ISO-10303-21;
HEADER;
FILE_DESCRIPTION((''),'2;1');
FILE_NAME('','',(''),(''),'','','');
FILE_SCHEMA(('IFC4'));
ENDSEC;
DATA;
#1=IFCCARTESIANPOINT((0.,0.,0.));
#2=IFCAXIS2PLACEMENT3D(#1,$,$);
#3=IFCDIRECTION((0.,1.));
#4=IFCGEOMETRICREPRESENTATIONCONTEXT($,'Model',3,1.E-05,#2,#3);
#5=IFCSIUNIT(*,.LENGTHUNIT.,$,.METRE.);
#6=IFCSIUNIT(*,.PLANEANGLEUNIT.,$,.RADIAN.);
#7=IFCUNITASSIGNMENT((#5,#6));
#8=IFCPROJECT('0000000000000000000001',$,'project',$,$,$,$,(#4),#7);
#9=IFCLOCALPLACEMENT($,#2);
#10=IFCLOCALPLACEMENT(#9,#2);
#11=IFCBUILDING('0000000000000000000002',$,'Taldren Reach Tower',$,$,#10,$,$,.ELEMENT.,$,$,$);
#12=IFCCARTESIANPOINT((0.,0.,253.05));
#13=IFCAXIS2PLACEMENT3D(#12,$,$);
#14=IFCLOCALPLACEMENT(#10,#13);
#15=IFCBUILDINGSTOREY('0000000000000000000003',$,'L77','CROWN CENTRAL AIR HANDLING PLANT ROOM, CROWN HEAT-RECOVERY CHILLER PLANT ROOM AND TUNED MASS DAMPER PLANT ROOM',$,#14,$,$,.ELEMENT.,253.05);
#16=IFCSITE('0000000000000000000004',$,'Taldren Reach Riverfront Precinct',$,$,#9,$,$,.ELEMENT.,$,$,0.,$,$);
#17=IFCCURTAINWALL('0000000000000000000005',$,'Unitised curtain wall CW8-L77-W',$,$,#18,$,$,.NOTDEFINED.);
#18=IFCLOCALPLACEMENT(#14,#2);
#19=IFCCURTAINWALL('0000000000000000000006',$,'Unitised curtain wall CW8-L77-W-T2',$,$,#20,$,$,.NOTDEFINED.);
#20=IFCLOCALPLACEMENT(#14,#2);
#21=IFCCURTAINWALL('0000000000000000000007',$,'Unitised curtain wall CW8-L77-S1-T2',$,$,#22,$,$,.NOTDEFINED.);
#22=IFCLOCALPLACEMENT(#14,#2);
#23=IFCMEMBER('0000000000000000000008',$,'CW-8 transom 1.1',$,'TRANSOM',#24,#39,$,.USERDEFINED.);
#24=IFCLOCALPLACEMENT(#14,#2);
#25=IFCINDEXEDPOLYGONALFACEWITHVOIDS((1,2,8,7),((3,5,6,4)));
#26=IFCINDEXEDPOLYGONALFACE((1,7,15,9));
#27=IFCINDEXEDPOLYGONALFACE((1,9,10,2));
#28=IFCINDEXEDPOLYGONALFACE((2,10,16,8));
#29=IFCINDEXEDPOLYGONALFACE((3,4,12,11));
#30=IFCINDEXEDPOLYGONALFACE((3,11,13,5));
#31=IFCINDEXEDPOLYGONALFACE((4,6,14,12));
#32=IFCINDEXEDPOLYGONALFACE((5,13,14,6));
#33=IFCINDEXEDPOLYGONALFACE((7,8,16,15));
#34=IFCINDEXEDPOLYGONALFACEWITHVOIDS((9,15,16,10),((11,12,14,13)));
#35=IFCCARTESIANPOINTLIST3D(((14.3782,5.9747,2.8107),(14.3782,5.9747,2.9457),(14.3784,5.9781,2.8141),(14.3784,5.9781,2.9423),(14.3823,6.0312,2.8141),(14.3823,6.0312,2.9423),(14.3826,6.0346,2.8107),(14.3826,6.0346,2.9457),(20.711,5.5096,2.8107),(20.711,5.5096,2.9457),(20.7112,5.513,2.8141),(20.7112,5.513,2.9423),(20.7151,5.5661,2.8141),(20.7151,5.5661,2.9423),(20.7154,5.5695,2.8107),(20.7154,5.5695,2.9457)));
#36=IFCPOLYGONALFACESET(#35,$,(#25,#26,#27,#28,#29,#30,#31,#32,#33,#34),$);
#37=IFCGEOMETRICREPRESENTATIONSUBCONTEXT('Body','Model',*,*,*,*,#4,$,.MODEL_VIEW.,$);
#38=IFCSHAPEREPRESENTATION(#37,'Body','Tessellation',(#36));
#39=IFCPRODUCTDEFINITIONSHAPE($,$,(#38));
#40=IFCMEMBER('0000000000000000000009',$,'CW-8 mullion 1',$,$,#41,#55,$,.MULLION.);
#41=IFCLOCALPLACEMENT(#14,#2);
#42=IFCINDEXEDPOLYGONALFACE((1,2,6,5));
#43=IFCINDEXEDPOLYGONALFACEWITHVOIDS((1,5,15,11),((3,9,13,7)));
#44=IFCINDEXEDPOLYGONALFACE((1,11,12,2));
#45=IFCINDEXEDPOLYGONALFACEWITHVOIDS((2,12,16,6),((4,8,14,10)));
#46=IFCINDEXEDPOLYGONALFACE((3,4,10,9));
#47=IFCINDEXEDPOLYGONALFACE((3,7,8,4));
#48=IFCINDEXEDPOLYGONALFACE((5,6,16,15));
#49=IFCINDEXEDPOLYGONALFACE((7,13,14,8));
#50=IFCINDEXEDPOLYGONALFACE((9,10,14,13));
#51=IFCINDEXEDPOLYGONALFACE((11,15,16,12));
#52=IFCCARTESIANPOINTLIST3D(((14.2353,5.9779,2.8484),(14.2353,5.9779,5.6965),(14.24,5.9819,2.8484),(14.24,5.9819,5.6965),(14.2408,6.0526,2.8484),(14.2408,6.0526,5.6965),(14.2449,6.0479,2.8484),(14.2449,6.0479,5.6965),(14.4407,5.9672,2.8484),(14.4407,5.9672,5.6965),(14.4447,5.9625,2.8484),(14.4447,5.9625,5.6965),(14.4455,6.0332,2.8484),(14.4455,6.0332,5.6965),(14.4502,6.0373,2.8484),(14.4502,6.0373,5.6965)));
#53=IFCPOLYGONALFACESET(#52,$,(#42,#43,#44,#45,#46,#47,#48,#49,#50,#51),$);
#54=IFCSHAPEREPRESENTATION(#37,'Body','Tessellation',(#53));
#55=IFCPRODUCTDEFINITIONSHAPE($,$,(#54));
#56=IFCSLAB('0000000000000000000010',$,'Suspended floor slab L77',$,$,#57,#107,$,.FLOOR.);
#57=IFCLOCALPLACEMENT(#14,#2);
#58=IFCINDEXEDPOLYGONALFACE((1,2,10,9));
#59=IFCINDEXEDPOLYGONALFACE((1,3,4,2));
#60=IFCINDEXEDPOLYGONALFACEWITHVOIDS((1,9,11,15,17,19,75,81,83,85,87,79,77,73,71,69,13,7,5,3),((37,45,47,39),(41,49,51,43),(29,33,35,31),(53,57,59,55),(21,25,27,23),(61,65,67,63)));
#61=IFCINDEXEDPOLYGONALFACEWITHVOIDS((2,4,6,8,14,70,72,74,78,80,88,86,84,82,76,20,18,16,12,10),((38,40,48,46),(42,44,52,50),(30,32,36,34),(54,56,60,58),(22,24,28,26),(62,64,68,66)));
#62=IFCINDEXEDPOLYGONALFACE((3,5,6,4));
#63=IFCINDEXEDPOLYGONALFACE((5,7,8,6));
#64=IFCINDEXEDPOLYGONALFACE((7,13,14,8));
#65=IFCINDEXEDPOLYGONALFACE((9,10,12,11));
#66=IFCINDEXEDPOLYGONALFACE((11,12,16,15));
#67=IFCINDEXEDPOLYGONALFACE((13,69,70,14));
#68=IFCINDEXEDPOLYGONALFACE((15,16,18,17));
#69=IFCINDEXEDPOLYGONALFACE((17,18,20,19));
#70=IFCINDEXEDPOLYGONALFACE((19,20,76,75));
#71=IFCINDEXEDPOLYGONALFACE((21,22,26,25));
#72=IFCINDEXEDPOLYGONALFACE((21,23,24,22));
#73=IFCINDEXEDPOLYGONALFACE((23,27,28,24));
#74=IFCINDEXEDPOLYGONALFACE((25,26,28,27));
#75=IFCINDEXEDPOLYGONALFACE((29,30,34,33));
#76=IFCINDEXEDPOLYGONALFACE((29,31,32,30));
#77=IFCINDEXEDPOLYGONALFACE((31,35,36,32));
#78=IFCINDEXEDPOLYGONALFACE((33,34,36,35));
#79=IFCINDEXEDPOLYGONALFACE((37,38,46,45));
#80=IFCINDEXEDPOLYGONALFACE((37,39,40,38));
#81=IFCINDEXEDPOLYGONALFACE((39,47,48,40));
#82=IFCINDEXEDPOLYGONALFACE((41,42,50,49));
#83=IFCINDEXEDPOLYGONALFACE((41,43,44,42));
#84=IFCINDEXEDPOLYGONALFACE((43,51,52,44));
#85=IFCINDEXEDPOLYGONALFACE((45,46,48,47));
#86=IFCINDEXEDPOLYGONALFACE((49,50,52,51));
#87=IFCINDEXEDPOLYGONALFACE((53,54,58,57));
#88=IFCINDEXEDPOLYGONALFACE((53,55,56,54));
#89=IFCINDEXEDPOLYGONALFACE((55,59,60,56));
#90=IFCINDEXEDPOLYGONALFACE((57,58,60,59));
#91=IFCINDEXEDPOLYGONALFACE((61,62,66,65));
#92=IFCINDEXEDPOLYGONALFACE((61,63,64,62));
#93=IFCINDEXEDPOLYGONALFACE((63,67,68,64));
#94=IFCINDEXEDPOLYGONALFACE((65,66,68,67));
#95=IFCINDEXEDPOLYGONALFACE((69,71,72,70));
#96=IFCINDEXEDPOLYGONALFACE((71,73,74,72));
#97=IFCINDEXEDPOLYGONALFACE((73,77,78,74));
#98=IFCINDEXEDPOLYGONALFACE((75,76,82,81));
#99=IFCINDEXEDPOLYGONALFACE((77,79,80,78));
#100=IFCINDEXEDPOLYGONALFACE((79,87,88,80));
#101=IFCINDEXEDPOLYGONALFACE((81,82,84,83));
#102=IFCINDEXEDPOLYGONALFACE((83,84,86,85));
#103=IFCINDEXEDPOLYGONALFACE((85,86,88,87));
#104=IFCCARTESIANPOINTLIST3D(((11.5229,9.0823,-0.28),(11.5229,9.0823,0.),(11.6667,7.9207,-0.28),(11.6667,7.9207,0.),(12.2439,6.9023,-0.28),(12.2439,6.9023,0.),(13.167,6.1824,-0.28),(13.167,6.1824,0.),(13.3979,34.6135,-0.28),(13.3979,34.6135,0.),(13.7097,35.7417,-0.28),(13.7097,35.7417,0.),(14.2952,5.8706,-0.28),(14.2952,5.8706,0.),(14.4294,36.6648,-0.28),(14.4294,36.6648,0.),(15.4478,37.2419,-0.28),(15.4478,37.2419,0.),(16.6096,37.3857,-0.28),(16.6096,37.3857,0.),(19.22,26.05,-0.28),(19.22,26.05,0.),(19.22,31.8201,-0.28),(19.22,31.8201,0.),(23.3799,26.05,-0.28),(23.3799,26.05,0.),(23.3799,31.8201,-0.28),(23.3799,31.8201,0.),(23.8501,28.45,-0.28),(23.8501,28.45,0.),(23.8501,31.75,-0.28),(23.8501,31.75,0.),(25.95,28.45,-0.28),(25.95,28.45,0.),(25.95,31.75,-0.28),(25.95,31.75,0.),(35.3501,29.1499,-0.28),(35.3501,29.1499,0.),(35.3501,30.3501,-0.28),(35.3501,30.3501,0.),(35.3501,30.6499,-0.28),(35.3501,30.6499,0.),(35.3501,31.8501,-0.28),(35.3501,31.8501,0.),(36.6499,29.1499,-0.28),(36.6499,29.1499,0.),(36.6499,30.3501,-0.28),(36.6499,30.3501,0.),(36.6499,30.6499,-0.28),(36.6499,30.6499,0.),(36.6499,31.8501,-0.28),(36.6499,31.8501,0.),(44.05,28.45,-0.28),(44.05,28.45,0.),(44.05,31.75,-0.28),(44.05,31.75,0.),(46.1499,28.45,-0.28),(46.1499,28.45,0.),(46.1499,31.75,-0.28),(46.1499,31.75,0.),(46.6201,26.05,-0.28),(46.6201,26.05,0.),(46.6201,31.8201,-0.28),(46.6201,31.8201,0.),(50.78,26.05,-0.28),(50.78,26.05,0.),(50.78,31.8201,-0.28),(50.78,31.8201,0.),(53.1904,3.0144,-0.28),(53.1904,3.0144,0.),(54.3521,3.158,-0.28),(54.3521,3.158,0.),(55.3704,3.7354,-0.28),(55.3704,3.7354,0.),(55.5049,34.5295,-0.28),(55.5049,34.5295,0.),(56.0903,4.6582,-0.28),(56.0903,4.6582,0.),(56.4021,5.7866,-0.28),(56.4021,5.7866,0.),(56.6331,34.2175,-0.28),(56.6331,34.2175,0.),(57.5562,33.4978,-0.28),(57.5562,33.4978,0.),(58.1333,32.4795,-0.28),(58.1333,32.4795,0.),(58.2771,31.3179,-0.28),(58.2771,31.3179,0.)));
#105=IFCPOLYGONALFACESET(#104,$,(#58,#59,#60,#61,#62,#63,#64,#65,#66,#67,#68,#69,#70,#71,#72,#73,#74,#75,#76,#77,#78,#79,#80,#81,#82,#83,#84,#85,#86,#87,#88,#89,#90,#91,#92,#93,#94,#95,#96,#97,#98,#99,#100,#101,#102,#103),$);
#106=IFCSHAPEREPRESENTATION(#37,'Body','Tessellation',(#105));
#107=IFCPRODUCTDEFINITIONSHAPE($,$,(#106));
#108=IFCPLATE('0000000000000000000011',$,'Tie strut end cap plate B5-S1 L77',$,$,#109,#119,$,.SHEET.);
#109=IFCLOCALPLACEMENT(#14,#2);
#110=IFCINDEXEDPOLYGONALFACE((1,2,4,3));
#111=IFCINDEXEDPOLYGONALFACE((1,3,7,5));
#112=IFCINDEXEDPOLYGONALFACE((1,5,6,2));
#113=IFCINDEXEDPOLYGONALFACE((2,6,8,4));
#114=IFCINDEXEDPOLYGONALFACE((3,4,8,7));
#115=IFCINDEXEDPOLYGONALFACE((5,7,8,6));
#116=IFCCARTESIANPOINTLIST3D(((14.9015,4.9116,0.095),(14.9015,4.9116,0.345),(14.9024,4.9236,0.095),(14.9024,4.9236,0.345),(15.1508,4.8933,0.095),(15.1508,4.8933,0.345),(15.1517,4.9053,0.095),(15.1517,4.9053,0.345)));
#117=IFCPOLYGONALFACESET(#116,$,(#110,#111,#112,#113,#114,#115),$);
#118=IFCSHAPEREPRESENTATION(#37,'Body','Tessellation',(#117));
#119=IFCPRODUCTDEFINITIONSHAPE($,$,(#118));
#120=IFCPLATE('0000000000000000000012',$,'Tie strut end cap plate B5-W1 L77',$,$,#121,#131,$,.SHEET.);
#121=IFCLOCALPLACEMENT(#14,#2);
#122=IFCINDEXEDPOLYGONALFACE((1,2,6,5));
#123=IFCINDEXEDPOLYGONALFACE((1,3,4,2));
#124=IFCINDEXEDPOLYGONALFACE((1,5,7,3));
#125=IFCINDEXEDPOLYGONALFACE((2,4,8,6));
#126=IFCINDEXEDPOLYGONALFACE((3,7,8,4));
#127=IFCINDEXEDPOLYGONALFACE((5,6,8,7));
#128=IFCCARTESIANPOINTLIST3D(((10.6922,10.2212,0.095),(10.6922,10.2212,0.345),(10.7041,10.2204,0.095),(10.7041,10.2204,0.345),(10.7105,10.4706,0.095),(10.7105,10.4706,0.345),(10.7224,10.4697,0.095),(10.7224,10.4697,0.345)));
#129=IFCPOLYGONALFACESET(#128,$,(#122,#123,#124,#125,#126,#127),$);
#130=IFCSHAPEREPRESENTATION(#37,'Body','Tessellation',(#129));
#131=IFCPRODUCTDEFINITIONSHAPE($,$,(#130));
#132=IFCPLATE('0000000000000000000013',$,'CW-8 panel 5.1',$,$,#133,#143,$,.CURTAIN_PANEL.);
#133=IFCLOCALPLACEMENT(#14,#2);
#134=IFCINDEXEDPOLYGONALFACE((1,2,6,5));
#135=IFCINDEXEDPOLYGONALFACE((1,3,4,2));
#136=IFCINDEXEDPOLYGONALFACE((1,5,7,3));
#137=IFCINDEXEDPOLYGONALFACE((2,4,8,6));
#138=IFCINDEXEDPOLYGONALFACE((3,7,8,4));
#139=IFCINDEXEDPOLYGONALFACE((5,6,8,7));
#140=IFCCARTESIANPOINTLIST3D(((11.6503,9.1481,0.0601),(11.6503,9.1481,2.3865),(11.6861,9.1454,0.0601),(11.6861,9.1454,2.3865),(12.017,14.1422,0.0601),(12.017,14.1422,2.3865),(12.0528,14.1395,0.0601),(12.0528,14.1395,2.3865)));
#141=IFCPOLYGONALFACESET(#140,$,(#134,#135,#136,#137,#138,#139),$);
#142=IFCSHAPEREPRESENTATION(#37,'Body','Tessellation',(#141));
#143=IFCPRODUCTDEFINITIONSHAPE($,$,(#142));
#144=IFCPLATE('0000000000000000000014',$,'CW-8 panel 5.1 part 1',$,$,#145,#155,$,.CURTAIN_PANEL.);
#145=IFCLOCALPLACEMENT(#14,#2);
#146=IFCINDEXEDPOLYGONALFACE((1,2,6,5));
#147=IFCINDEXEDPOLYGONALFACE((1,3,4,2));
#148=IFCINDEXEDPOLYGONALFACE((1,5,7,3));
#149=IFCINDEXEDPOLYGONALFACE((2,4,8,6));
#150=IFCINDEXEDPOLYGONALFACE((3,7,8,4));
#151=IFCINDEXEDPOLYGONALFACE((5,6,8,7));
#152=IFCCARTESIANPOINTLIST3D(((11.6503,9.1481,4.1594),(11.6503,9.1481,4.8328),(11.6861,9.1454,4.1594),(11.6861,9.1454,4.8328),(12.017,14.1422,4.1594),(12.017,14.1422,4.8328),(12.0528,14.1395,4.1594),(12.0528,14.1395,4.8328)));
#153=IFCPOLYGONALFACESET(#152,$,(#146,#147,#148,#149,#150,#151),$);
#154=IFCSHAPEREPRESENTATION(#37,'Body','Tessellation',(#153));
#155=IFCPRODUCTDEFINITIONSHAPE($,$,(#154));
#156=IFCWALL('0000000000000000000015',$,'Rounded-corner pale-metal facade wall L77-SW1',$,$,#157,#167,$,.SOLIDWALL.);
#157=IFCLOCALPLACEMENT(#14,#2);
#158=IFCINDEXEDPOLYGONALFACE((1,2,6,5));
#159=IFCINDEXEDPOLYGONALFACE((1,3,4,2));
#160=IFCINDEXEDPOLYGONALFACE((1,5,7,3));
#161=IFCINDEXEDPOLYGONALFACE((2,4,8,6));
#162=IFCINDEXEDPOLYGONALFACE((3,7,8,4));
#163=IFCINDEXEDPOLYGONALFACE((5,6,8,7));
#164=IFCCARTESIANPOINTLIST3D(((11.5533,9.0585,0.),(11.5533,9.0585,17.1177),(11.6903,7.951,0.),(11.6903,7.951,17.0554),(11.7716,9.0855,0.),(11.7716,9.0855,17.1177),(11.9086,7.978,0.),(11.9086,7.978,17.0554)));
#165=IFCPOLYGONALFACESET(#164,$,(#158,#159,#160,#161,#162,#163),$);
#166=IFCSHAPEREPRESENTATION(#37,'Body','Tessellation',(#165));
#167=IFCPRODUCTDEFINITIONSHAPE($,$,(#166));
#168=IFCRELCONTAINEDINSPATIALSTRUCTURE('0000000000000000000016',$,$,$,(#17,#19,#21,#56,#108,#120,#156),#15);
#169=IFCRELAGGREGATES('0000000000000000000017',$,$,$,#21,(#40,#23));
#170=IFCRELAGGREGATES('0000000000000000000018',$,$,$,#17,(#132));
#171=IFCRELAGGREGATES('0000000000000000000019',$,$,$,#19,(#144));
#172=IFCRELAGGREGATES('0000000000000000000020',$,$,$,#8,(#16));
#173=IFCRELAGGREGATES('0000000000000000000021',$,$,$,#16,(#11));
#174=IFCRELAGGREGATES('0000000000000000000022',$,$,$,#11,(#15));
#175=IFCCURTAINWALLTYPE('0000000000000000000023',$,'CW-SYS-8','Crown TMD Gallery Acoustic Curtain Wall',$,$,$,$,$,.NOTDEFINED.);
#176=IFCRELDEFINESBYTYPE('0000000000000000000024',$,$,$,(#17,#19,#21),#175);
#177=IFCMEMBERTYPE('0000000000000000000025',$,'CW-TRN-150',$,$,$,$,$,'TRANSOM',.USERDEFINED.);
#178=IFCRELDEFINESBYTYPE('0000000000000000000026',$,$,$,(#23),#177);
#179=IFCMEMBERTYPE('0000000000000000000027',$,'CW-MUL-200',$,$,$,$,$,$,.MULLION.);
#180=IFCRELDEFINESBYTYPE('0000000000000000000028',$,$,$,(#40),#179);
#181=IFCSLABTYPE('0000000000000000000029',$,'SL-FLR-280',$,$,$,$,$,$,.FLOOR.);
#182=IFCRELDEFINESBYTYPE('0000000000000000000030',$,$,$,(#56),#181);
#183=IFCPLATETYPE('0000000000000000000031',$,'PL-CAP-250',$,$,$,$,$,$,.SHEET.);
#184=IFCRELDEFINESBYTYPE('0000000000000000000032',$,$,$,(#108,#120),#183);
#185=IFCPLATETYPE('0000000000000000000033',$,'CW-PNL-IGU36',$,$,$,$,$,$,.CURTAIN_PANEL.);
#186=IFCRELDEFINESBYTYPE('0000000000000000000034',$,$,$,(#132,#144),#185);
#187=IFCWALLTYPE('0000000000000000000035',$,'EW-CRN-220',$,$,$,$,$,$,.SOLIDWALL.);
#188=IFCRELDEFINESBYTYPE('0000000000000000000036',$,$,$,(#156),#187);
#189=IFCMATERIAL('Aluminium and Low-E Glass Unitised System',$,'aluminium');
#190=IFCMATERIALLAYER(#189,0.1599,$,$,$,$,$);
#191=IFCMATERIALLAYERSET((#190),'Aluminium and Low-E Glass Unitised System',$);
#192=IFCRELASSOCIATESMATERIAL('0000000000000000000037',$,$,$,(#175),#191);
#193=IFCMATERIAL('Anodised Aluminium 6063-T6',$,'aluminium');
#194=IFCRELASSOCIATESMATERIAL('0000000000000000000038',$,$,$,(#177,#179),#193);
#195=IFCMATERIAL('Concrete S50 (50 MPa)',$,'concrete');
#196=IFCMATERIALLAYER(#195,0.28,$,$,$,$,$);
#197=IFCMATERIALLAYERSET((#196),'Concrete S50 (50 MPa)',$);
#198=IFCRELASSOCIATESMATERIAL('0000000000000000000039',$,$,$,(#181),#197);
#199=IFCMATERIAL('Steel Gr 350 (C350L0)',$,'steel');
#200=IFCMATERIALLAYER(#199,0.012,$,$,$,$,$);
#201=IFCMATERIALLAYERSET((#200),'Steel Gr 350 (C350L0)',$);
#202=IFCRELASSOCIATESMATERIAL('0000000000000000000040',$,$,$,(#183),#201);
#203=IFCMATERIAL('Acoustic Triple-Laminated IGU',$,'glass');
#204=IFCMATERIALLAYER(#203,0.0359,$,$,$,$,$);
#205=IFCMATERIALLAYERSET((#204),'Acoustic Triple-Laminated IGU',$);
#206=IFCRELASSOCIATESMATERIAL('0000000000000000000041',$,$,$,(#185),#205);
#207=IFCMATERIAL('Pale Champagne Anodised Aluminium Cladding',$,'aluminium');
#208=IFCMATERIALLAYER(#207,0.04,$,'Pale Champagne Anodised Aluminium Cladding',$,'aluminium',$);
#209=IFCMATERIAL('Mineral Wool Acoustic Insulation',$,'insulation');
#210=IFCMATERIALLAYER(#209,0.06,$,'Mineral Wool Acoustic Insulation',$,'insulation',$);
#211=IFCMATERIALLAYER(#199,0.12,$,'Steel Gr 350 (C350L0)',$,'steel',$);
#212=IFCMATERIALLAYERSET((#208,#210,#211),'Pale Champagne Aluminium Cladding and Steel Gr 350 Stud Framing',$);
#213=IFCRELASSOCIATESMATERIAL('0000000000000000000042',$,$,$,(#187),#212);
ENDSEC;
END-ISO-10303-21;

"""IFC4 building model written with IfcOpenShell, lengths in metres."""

from ifc_helpers import new_model, si_unit, direction, frame, origin, origin_2d, place, context, subcontext, project, spatial, polyline, rectangle, hollow_rectangle, outline, extrude, source, transform, mapped, material, layer, layer_set, material_profile, profile_set, type_object, element, aggregate, save


model = new_model("IFC4")

# Units and contexts
model_context = context("Model", 3, precision=1e-05, world=origin(), true_north=direction((0.0, 1.0)))
body_context = subcontext(model_context, "Body", "Model", "MODEL_VIEW")
ifc_project = project(units=[si_unit("LENGTHUNIT", "METRE"), si_unit("PLANEANGLEUNIT", "RADIAN")], contexts=[model_context])

# Site, building, storey
site_placement = place(None, origin())
site = spatial("IfcSite", under=ifc_project, at=site_placement, Name="Taldren Reach Riverfront Precinct", CompositionType="ELEMENT", RefElevation=0.0)
building_placement = place(site_placement, origin())
building = spatial("IfcBuilding", under=site, at=building_placement, Name="Taldren Reach Tower", CompositionType="ELEMENT")
storey_placement = place(building_placement, frame((0.0, 0.0, 253.05)))
storey = spatial("IfcBuildingStorey", under=building, at=storey_placement, Name="L77", Description="CROWN CENTRAL AIR HANDLING PLANT ROOM, CROWN HEAT-RECOVERY CHILLER PLANT ROOM AND TUNED MASS DAMPER PLANT ROOM", CompositionType="ELEMENT", Elevation=253.05)

# Shared definitions
ifc_material_1 = material(Name="Steel Gr 350 (C350L0)", Category="steel")

# Curtain walls
ifc_material_2 = material(Name="Aluminium and Low-E Glass Unitised System", Category="aluminium")
ifc_layer_1 = layer(ifc_material_2, 0.1599)
ifc_layer_set_1 = layer_set([ifc_layer_1], Name="Aluminium and Low-E Glass Unitised System")
curtain_wall_type = type_object("IfcCurtainWallType", Name="CW-SYS-8", Description="Crown TMD Gallery Acoustic Curtain Wall", PredefinedType="NOTDEFINED", material=ifc_layer_set_1)
curtain_wall_1_placement = place(storey_placement, origin())
curtain_wall_1 = element("IfcCurtainWall", 1, at=curtain_wall_1_placement, inside=storey, type_object=curtain_wall_type, Name="Unitised curtain wall CW8-L77-W", PredefinedType="NOTDEFINED")
ifc_material_3 = material(Name="Anodised Aluminium 6063-T6", Category="aluminium")
ifc_material_profile_1 = material_profile(ifc_material_3, hollow_rectangle(XDim=0.0601, YDim=0.135, WallThickness=0.0034, at=origin_2d()), Name="ALU-135x60x3.5RHS")
ifc_profile_set_1 = profile_set([ifc_material_profile_1], Name="Anodised Aluminium 6063-T6")
member_type_1 = type_object("IfcMemberType", Name="CW-TRN-150", ElementType="TRANSOM", PredefinedType="USERDEFINED", material=ifc_profile_set_1)
curtain_wall_2_placement = place(storey_placement, origin())
curtain_wall_2 = element("IfcCurtainWall", 2, at=curtain_wall_2_placement, inside=storey, type_object=curtain_wall_type, Name="Unitised curtain wall CW8-L77-W-T2", PredefinedType="NOTDEFINED")

# Shared definitions
ifc_material_profile_2 = material_profile(ifc_material_3, hollow_rectangle(XDim=0.075, YDim=0.21, WallThickness=0.0044, at=origin_2d()), Name="ALU-210x75x4.5RHS")
ifc_profile_set_2 = profile_set([ifc_material_profile_2], Name="Anodised Aluminium 6063-T6")
member_type_2 = type_object("IfcMemberType", Name="CW-MUL-200", PredefinedType="MULLION", material=ifc_profile_set_2)

# Curtain wall, members
shared_shape_1 = source(origin(), body_context, "Body", "SweptSolid", [
    extrude(hollow_rectangle(XDim=0.0601, YDim=0.135, WallThickness=0.0034, at=origin_2d()), origin(), (0.0, 0.0, 1.0), 6.3499),
])
curtain_wall_3_placement = place(storey_placement, origin())
curtain_wall_3 = element("IfcCurtainWall", 3, at=curtain_wall_3_placement, inside=storey, type_object=curtain_wall_type, Name="Unitised curtain wall CW8-L77-S1-T2", PredefinedType="NOTDEFINED")
member_1_placement = place(storey_placement, frame((14.3804, 6.0046, 2.8782), z_axis=(0.997314, -0.073244, 0.0), x_axis=(0.073244, 0.997314, 0.0)))
member_1 = element("IfcMember", 4, at=member_1_placement, type_object=member_type_1, Name="CW-8 transom 1.1", ObjectType="TRANSOM", PredefinedType="USERDEFINED", context=body_context, shape_type="MappedRepresentation", body=[
    mapped(shared_shape_1, transform((0.0, 0.0, 0.0), scale=1.0)),
])
shared_shape_2 = source(origin(), body_context, "Body", "SweptSolid", [
    extrude(hollow_rectangle(XDim=0.075, YDim=0.21, WallThickness=0.0044, at=origin_2d()), origin(), (0.0, 0.0, 1.0), 2.8481),
])
member_2_placement = place(storey_placement, frame((14.3428, 6.0076, 2.8484), z_axis=(0.0, 0.0, 1.0), x_axis=(0.073239, 0.997314, 0.0)))
member_2 = element("IfcMember", 5, at=member_2_placement, type_object=member_type_2, Name="CW-8 mullion 1", PredefinedType="MULLION", context=body_context, shape_type="MappedRepresentation", body=[
    mapped(shared_shape_2, transform((0.0, 0.0, 0.0), scale=1.0)),
])
aggregate(curtain_wall_3, [member_2, member_1])

# Slab
ifc_material_4 = material(Name="Concrete S50 (50 MPa)", Category="concrete")
ifc_layer_2 = layer(ifc_material_4, 0.28)
ifc_layer_set_2 = layer_set([ifc_layer_2], Name="Concrete S50 (50 MPa)")
slab_type = type_object("IfcSlabType", Name="SL-FLR-280", PredefinedType="FLOOR", material=ifc_layer_set_2)
slab_placement = place(storey_placement, frame((0.0, 0.0, -0.28)))
element("IfcSlab", 6, at=slab_placement, inside=storey, type_object=slab_type, Name="Suspended floor slab L77", PredefinedType="FLOOR", context=body_context, shape_type="SweptSolid", body=[
    extrude(outline(polyline([(53.1904, 3.0144), (54.3521, 3.158), (55.3704, 3.7354), (56.0903, 4.6582), (56.4021, 5.7866), (58.2771, 31.3179), (58.1333, 32.4795), (57.5562, 33.4978), (56.6331, 34.2175), (55.5049, 34.5295), (16.6096, 37.3857), (15.4478, 37.2419), (14.4294, 36.6648), (13.7097, 35.7417), (13.3979, 34.6135), (11.5229, 9.0823), (11.6667, 7.9207), (12.2439, 6.9023), (13.167, 6.1824), (14.2952, 5.8706), (53.1904, 3.0144)]), holes=[polyline([(19.22, 26.05), (23.3799, 26.05), (23.3799, 31.8201), (19.22, 31.8201), (19.22, 26.05)]), polyline([(46.6201, 26.05), (50.78, 26.05), (50.78, 31.8201), (46.6201, 31.8201), (46.6201, 26.05)]), polyline([(23.8501, 28.45), (25.95, 28.45), (25.95, 31.75), (23.8501, 31.75), (23.8501, 28.45)]), polyline([(44.05, 28.45), (46.1499, 28.45), (46.1499, 31.75), (44.05, 31.75), (44.05, 28.45)]), polyline([(35.3501, 30.6499), (36.6499, 30.6499), (36.6499, 31.8501), (35.3501, 31.8501), (35.3501, 30.6499)]), polyline([(35.3501, 29.1499), (36.6499, 29.1499), (36.6499, 30.3501), (35.3501, 30.3501), (35.3501, 29.1499)])]), origin(), (0.0, 0.0, 1.0), 0.28),
])

# Plates
ifc_layer_3 = layer(ifc_material_1, 0.012)
ifc_layer_set_3 = layer_set([ifc_layer_3], Name="Steel Gr 350 (C350L0)")
plate_type_1 = type_object("IfcPlateType", Name="PL-CAP-250", PredefinedType="SHEET", material=ifc_layer_set_3)
shared_shape_3 = source(origin(), body_context, "Body", "SweptSolid", [
    extrude(rectangle(XDim=0.25, YDim=0.012, at=origin_2d()), origin(), (0.0, 0.0, 1.0), 0.25),
])
plate_1_placement = place(storey_placement, frame((15.0266, 4.9084, 0.095), z_axis=(0.0, 0.0, 1.0), x_axis=(0.997314, -0.073238, 0.0)))
element("IfcPlate", 7, at=plate_1_placement, inside=storey, type_object=plate_type_1, Name="Tie strut end cap plate B5-S1 L77", PredefinedType="SHEET", context=body_context, shape_type="MappedRepresentation", body=[
    mapped(shared_shape_3, transform((0.0, 0.0, 0.0), scale=1.0)),
])
shared_shape_4 = source(origin(), body_context, "Body", "SweptSolid", [
    extrude(rectangle(XDim=0.012, YDim=0.25, at=origin_2d()), origin(), (0.0, 0.0, 1.0), 0.25),
])
plate_2_placement = place(storey_placement, frame((10.7073, 10.3455, 0.095), z_axis=(0.0, 0.0, 1.0), x_axis=(0.997314, -0.073238, 0.0)))
element("IfcPlate", 8, at=plate_2_placement, inside=storey, type_object=plate_type_1, Name="Tie strut end cap plate B5-W1 L77", PredefinedType="SHEET", context=body_context, shape_type="MappedRepresentation", body=[
    mapped(shared_shape_4, transform((0.0, 0.0, 0.0), scale=1.0)),
])

# Plates
ifc_material_5 = material(Name="Acoustic Triple-Laminated IGU", Category="glass")
ifc_layer_4 = layer(ifc_material_5, 0.0359)
ifc_layer_set_4 = layer_set([ifc_layer_4], Name="Acoustic Triple-Laminated IGU")
plate_type_2 = type_object("IfcPlateType", Name="CW-PNL-IGU36", PredefinedType="CURTAIN_PANEL", material=ifc_layer_set_4)
shared_shape_5 = source(origin(), body_context, "Body", "SweptSolid", [
    extrude(rectangle(XDim=5.0076, YDim=0.0359, at=origin_2d()), origin(), (0.0, 0.0, 1.0), 2.3264),
])
plate_3_placement = place(storey_placement, frame((11.8516, 11.6438, 0.0601), z_axis=(0.0, 0.0, 1.0), x_axis=(-0.073238, -0.997314, 0.0)))
plate_3 = element("IfcPlate", 9, at=plate_3_placement, type_object=plate_type_2, Name="CW-8 panel 5.1", PredefinedType="CURTAIN_PANEL", context=body_context, shape_type="MappedRepresentation", body=[
    mapped(shared_shape_5, transform((0.0, 0.0, 0.0), scale=1.0)),
])
aggregate(curtain_wall_1, [plate_3])
shared_shape_6 = source(origin(), body_context, "Body", "SweptSolid", [
    extrude(rectangle(XDim=5.0076, YDim=0.0359, at=origin_2d()), origin(), (0.0, 0.0, 1.0), 0.6733),
])
plate_4_placement = place(storey_placement, frame((11.8516, 11.6438, 4.1594), z_axis=(0.0, 0.0, 1.0), x_axis=(-0.073238, -0.997314, 0.0)))
plate_4 = element("IfcPlate", 10, at=plate_4_placement, type_object=plate_type_2, Name="CW-8 panel 5.1 part 1", PredefinedType="CURTAIN_PANEL", context=body_context, shape_type="MappedRepresentation", body=[
    mapped(shared_shape_6, transform((0.0, 0.0, 0.0), scale=1.0)),
])
aggregate(curtain_wall_2, [plate_4])

# Wall
ifc_material_6 = material(Name="Pale Champagne Anodised Aluminium Cladding", Category="aluminium")
ifc_layer_5 = layer(ifc_material_6, 0.04, Name="Pale Champagne Anodised Aluminium Cladding", Category="aluminium")
ifc_material_7 = material(Name="Mineral Wool Acoustic Insulation", Category="insulation")
ifc_layer_6 = layer(ifc_material_7, 0.06, Name="Mineral Wool Acoustic Insulation", Category="insulation")
ifc_layer_7 = layer(ifc_material_1, 0.12, Name="Steel Gr 350 (C350L0)", Category="steel")
ifc_layer_set_5 = layer_set([ifc_layer_5, ifc_layer_6, ifc_layer_7], Name="Pale Champagne Aluminium Cladding and Steel Gr 350 Stud Framing")
wall_type = type_object("IfcWallType", Name="EW-CRN-220", PredefinedType="SOLIDWALL", material=ifc_layer_set_5)
wall_1_placement = place(storey_placement, frame((11.6626, 9.072, 0.0), z_axis=(0.0, 0.0, 1.0), x_axis=(0.122742, -0.992439, 0.0)))
element("IfcWall", 11, at=wall_1_placement, inside=storey, type_object=wall_type, Name="Rounded-corner pale-metal facade wall L77-SW1", PredefinedType="SOLIDWALL", context=body_context, shape_type="SweptSolid", body=[
    extrude(outline(polyline([(0.0, 0.0), (1.116, 0.0), (1.116, 17.0554), (0.0, 17.1177), (0.0, 0.0)])), frame((0.0, 0.1099, 0.0), z_axis=(0.0, -1.0, 0.0), x_axis=(1.0, 0.0, 0.0)), (0.0, 0.0, 1.0), 0.22),
])

save(model, "model.ifc")
